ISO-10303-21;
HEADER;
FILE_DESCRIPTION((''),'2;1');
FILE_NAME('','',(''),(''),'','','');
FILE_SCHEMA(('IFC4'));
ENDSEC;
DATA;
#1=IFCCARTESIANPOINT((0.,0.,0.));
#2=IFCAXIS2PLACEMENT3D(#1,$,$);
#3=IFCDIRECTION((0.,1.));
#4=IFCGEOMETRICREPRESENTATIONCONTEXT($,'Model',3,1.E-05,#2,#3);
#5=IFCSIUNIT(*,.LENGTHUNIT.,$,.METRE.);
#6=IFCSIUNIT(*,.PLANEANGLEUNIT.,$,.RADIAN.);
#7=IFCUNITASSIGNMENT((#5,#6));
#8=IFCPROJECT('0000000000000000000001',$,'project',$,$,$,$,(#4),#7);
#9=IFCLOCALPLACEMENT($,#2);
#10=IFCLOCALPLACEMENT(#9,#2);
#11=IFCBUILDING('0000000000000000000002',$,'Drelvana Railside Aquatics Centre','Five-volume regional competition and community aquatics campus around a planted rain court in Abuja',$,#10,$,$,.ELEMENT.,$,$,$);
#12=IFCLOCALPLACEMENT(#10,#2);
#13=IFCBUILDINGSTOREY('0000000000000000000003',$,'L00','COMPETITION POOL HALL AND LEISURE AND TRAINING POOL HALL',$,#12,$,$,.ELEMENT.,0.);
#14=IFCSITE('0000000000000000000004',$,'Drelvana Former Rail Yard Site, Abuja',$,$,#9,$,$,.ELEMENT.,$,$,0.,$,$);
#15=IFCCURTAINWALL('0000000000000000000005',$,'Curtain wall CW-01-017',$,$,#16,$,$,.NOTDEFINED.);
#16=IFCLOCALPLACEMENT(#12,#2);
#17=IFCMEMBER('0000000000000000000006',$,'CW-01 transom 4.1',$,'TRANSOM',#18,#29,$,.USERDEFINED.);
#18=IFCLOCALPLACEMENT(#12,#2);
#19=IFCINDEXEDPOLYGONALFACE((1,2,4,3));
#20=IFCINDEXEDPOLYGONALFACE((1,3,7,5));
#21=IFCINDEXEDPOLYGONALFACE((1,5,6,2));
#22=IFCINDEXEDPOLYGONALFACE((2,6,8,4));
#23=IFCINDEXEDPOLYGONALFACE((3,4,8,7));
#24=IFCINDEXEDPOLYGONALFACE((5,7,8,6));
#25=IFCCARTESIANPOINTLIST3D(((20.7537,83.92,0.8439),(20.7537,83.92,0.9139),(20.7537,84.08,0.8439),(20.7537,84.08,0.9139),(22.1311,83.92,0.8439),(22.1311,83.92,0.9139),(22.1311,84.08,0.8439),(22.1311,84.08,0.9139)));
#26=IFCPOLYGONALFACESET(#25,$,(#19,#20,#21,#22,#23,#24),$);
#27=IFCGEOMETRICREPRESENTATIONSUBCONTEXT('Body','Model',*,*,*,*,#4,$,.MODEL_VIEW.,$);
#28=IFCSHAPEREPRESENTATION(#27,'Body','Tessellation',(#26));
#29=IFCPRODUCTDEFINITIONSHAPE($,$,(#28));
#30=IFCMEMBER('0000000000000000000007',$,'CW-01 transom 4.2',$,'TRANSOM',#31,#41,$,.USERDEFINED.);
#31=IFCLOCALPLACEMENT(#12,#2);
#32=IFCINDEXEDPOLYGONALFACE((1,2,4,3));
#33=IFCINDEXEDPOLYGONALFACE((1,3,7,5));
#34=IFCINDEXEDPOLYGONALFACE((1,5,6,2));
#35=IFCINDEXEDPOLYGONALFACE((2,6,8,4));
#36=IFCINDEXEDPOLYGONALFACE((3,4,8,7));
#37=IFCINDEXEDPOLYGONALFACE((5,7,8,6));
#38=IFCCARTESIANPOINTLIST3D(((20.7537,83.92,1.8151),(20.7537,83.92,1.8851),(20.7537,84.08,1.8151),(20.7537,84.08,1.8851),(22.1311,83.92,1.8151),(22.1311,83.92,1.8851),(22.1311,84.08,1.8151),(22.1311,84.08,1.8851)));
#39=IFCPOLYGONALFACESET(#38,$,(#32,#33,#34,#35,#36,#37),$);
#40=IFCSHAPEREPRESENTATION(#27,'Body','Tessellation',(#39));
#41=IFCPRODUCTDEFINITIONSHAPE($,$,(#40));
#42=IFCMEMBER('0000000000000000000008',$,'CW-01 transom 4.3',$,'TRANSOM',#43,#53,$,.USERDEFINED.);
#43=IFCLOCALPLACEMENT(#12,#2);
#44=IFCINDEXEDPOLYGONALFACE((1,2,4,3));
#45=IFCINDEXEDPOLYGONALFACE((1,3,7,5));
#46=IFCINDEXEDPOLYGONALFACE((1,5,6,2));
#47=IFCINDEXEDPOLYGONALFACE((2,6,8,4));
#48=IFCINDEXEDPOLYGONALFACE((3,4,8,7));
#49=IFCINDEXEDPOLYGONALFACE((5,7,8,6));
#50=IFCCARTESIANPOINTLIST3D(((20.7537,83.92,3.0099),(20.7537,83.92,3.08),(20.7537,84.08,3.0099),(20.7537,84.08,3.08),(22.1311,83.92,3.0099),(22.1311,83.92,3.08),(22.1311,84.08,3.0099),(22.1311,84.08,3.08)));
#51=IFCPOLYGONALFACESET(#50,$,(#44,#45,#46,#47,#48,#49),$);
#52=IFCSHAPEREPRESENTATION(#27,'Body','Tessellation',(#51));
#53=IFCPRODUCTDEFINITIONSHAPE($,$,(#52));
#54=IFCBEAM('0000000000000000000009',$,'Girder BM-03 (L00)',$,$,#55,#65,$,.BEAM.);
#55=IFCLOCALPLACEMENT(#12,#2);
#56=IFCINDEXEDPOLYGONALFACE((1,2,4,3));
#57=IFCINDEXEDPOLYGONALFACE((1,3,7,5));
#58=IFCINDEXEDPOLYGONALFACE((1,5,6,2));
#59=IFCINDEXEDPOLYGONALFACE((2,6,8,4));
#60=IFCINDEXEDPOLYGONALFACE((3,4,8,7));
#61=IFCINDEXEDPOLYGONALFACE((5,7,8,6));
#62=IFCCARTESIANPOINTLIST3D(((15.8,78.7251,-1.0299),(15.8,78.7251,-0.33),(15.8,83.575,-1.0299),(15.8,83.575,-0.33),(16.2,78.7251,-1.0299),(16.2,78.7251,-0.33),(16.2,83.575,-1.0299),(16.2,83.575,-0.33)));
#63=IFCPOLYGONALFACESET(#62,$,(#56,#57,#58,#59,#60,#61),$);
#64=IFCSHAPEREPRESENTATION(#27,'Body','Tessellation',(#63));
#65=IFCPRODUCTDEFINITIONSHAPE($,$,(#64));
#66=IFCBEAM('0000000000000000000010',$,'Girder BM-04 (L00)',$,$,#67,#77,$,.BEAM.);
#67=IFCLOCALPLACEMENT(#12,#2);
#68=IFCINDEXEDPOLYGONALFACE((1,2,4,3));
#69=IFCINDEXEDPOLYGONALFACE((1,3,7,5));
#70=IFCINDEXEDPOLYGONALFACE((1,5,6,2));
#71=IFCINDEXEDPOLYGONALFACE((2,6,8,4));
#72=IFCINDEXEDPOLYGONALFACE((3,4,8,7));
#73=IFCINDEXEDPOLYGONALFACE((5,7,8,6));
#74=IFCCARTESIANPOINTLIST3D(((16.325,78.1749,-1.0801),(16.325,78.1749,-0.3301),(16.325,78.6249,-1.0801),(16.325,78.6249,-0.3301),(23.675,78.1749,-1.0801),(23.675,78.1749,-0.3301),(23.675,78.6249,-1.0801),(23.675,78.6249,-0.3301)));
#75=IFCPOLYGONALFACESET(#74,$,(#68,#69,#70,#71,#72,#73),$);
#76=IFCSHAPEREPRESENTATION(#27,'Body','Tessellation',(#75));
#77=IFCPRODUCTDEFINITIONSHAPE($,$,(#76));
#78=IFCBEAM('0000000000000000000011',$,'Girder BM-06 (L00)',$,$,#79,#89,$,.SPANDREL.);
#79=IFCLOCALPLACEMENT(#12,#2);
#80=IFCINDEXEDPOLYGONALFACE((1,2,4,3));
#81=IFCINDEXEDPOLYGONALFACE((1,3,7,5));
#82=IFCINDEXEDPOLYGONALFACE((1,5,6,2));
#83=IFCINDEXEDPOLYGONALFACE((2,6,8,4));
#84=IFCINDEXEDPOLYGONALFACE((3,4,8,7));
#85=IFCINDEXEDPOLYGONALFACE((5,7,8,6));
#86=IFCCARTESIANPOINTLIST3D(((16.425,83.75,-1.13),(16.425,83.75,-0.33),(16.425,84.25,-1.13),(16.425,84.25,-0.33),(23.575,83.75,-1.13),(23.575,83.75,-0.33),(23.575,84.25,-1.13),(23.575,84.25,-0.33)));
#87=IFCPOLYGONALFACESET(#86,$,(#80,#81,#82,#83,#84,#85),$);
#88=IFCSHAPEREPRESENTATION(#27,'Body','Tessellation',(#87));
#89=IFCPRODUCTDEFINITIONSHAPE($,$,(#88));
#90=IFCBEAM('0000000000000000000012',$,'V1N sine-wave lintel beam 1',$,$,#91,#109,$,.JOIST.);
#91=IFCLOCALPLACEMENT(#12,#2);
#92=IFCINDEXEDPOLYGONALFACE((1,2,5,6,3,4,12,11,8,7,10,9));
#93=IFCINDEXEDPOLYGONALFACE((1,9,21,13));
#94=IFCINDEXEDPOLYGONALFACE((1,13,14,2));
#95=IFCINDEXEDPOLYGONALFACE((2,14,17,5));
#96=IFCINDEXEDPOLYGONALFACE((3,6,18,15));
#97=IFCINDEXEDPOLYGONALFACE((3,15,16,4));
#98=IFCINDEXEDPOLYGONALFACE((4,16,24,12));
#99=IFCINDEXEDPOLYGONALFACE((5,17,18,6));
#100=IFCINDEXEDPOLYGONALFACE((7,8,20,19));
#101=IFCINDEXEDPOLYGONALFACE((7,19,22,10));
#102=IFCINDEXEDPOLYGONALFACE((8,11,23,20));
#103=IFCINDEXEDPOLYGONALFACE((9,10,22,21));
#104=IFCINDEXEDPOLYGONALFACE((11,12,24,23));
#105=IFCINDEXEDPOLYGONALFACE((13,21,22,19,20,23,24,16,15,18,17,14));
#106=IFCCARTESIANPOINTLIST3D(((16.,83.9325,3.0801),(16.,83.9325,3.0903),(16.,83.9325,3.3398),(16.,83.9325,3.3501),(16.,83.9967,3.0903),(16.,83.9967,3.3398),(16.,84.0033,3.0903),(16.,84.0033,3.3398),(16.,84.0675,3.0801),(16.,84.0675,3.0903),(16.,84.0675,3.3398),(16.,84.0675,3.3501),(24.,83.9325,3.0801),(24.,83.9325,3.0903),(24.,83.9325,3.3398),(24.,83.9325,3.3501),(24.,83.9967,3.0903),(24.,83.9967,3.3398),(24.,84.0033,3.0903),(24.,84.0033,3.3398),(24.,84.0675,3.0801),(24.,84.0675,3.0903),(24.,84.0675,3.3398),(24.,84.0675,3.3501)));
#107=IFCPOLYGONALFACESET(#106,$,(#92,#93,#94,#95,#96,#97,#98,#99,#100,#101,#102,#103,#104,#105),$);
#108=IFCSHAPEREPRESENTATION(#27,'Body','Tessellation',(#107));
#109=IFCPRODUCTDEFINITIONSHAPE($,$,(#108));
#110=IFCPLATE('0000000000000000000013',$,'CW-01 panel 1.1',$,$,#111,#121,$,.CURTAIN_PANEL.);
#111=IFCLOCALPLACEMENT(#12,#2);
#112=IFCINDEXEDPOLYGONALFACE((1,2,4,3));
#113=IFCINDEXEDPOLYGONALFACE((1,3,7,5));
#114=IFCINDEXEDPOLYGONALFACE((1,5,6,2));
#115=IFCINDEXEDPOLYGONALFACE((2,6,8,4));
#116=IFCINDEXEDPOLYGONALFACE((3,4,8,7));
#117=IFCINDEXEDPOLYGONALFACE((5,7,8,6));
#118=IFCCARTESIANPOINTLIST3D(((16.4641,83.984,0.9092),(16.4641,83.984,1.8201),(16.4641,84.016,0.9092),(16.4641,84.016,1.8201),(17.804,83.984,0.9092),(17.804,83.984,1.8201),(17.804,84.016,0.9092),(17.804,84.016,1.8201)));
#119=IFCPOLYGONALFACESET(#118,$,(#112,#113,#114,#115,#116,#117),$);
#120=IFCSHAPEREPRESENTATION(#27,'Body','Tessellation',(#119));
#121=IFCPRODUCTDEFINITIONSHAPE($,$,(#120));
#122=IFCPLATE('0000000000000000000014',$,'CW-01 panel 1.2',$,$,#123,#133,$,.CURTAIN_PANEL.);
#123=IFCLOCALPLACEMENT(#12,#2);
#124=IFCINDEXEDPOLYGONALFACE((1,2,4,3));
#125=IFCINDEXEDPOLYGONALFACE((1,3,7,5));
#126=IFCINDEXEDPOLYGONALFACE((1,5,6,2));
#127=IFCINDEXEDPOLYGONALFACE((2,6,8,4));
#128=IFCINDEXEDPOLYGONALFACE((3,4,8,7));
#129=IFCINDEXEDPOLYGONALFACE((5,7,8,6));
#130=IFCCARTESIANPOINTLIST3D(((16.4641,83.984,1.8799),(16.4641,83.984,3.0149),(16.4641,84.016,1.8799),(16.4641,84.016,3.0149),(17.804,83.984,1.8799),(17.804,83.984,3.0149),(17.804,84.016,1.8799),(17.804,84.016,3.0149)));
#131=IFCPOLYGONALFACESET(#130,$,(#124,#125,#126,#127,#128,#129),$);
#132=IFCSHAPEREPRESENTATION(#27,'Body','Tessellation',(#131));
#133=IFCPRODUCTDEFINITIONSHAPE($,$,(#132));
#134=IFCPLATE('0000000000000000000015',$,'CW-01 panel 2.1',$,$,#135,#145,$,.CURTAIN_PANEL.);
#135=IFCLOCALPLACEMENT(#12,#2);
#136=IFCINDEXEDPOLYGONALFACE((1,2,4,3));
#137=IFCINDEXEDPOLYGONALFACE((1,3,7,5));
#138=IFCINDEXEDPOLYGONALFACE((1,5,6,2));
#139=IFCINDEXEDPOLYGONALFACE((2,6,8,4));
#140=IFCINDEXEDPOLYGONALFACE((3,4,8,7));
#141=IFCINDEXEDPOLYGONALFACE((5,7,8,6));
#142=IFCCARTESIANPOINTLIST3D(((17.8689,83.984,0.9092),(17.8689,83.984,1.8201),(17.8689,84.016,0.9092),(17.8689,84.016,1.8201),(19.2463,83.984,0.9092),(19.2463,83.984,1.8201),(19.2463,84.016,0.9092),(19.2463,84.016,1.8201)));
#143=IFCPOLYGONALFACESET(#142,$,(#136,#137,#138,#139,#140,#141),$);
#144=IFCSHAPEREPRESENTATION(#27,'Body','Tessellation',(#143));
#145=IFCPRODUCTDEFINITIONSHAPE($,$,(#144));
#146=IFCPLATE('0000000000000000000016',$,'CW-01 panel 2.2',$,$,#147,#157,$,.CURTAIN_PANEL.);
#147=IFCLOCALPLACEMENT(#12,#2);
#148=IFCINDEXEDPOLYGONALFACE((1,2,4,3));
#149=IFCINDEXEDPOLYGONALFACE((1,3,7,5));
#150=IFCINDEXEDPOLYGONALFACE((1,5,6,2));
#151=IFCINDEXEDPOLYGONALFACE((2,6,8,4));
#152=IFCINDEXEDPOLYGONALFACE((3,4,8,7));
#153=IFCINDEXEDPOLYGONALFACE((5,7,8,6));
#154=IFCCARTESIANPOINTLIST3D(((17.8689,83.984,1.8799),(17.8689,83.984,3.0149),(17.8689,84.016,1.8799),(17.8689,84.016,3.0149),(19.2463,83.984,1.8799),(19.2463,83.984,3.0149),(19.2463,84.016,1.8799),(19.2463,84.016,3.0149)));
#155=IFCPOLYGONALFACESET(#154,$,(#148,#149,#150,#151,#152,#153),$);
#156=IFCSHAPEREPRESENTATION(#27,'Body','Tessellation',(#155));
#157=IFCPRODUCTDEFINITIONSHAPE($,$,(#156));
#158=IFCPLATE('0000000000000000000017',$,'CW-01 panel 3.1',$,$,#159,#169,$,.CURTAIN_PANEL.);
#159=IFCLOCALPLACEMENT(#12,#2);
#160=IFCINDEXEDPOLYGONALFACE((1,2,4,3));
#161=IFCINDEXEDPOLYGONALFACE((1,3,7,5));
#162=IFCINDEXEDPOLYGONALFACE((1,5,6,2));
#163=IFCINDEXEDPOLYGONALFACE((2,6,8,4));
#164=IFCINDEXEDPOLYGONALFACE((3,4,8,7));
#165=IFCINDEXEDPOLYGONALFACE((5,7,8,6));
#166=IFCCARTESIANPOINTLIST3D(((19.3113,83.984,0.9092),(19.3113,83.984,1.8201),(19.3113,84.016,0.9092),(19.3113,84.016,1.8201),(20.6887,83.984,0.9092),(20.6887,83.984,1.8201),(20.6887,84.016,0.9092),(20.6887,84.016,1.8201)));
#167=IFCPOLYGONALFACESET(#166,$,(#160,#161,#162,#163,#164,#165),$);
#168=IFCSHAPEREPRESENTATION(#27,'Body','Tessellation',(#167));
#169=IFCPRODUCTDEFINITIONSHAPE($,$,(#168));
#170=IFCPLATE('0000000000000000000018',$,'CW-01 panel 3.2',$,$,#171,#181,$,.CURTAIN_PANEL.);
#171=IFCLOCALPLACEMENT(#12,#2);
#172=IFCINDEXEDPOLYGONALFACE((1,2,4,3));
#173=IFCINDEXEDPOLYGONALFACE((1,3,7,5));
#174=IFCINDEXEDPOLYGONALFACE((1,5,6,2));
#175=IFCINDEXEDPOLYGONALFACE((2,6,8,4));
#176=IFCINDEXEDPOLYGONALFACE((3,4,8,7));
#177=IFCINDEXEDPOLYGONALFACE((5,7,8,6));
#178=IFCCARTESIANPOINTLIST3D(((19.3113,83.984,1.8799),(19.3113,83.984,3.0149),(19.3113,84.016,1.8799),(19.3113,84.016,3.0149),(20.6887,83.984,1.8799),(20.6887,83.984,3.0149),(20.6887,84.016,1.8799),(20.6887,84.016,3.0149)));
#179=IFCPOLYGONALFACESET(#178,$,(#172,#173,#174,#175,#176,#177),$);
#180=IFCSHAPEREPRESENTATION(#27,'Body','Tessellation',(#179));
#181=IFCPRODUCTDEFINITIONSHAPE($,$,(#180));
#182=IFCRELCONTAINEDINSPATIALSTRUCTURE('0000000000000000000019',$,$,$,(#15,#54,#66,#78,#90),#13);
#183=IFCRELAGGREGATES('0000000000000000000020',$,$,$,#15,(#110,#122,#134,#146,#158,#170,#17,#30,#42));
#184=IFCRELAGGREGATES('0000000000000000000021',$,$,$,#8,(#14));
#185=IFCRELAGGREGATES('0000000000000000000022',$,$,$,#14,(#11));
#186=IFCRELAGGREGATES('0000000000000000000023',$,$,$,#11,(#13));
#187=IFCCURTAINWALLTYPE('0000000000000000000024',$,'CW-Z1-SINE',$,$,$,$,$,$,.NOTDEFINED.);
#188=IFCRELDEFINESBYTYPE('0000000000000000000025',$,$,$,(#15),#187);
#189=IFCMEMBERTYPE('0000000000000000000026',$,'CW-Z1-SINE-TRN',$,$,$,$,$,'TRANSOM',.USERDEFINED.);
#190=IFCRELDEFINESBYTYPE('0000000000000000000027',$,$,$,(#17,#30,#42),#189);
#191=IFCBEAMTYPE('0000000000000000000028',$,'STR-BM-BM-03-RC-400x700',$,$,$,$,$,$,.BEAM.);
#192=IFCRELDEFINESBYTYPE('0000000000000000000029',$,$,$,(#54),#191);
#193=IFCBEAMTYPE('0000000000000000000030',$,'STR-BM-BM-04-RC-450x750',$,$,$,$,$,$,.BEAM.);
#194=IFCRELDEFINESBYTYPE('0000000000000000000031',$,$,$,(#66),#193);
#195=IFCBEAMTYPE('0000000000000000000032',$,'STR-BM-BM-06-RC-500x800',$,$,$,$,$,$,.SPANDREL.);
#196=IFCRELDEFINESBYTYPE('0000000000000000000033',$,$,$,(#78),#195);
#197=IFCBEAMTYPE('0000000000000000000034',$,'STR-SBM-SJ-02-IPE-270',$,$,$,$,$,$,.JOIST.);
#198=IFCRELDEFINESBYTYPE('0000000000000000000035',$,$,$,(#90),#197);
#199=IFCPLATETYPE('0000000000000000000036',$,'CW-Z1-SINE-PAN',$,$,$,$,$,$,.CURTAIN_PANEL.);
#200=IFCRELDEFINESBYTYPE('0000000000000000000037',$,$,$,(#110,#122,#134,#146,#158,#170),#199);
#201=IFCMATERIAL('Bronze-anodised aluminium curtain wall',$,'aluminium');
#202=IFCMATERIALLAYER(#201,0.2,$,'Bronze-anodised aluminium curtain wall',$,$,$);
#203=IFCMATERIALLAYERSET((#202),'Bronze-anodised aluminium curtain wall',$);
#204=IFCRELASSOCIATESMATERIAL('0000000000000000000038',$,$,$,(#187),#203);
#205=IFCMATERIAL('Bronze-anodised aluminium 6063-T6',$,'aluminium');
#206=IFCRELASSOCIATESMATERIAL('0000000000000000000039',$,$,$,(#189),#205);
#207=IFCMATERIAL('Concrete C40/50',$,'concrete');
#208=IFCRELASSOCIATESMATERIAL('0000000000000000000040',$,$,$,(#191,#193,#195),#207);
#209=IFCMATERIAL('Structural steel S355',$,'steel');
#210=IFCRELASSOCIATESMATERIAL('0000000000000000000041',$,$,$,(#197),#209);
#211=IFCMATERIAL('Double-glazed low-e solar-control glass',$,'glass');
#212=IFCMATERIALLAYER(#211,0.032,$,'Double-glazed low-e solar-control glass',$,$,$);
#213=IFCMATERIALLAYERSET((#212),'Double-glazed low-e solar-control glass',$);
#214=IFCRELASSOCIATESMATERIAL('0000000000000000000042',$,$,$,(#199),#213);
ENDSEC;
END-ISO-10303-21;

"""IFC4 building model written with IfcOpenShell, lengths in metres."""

from ifc_helpers import new_model, si_unit, direction, frame, origin, origin_2d, place, context, subcontext, project, spatial, rectangle, i_section, extrude, material, layer, layer_set, material_profile, profile_set, type_object, element, aggregate, save


model = new_model("IFC4")

# Units and contexts
model_context = context("Model", 3, precision=1e-05, world=origin(), true_north=direction((0.0, 1.0)))
body_context = subcontext(model_context, "Body", "Model", "MODEL_VIEW")
ifc_project = project(units=[si_unit("LENGTHUNIT", "METRE"), si_unit("PLANEANGLEUNIT", "RADIAN")], contexts=[model_context])

# Site, building, storey
site_placement = place(None, origin())
site = spatial("IfcSite", under=ifc_project, at=site_placement, Name="Drelvana Former Rail Yard Site, Abuja", CompositionType="ELEMENT", RefElevation=0.0)
building_placement = place(site_placement, origin())
building = spatial("IfcBuilding", under=site, at=building_placement, Name="Drelvana Railside Aquatics Centre", Description="Five-volume regional competition and community aquatics campus around a planted rain court in Abuja", CompositionType="ELEMENT")
storey_placement = place(building_placement, origin())
storey = spatial("IfcBuildingStorey", under=building, at=storey_placement, Name="L00", Description="COMPETITION POOL HALL AND LEISURE AND TRAINING POOL HALL", CompositionType="ELEMENT", Elevation=0.0)

# Shared definitions
ifc_material_1 = material(Name="Concrete C40/50", Category="concrete")

# Curtain wall, members
ifc_material_2 = material(Name="Bronze-anodised aluminium curtain wall", Category="aluminium")
ifc_layer_1 = layer(ifc_material_2, 0.2, Name="Bronze-anodised aluminium curtain wall")
ifc_layer_set_1 = layer_set([ifc_layer_1], Name="Bronze-anodised aluminium curtain wall")
curtain_wall_type = type_object("IfcCurtainWallType", Name="CW-Z1-SINE", PredefinedType="NOTDEFINED", material=ifc_layer_set_1)
curtain_wall_placement = place(storey_placement, origin())
curtain_wall = element("IfcCurtainWall", 1, at=curtain_wall_placement, inside=storey, type_object=curtain_wall_type, Name="Curtain wall CW-01-017", PredefinedType="NOTDEFINED")
ifc_material_3 = material(Name="Bronze-anodised aluminium 6063-T6", Category="aluminium")
ifc_material_profile_1 = material_profile(ifc_material_3, rectangle(XDim=0.1599, YDim=0.0701, at=origin_2d()), Name="ALU-T 70x160")
ifc_profile_set_1 = profile_set([ifc_material_profile_1], Name="Bronze-anodised aluminium 6063-T6")
member_type_1 = type_object("IfcMemberType", Name="CW-Z1-SINE-TRN", ElementType="TRANSOM", PredefinedType="USERDEFINED", material=ifc_profile_set_1)
member_1_placement = place(storey_placement, frame((20.7537, 84.0, 0.8789), z_axis=(1.0, 0.0, 0.0), x_axis=(0.0, 1.0, 0.0)))
member_1 = element("IfcMember", 2, at=member_1_placement, type_object=member_type_1, Name="CW-01 transom 4.1", ObjectType="TRANSOM", PredefinedType="USERDEFINED", context=body_context, shape_type="SweptSolid", body=[
    extrude(rectangle(XDim=0.1599, YDim=0.0701, at=origin_2d()), origin(), (0.0, 0.0, 1.0), 1.3774),
])
member_2_placement = place(storey_placement, frame((20.7537, 84.0, 1.8501), z_axis=(1.0, 0.0, 0.0), x_axis=(0.0, 1.0, 0.0)))
member_2 = element("IfcMember", 3, at=member_2_placement, type_object=member_type_1, Name="CW-01 transom 4.2", ObjectType="TRANSOM", PredefinedType="USERDEFINED", context=body_context, shape_type="SweptSolid", body=[
    extrude(rectangle(XDim=0.1599, YDim=0.0701, at=origin_2d()), origin(), (0.0, 0.0, 1.0), 1.3774),
])
member_3_placement = place(storey_placement, frame((20.7537, 84.0, 3.0449), z_axis=(1.0, 0.0, 0.0), x_axis=(0.0, 1.0, 0.0)))
member_3 = element("IfcMember", 4, at=member_3_placement, type_object=member_type_1, Name="CW-01 transom 4.3", ObjectType="TRANSOM", PredefinedType="USERDEFINED", context=body_context, shape_type="SweptSolid", body=[
    extrude(rectangle(XDim=0.1599, YDim=0.0701, at=origin_2d()), origin(), (0.0, 0.0, 1.0), 1.3774),
])

# Beams
ifc_material_profile_2 = material_profile(ifc_material_1, rectangle(XDim=0.3999, YDim=0.7, at=origin_2d()), Name="RC 400x700")
ifc_profile_set_2 = profile_set([ifc_material_profile_2], Name="Concrete C40/50")
beam_type_1 = type_object("IfcBeamType", Name="STR-BM-BM-03-RC-400x700", PredefinedType="BEAM", material=ifc_profile_set_2)
beam_1_placement = place(storey_placement, frame((16.0, 78.7251, -0.6799), z_axis=(0.0, 1.0, 0.0), x_axis=(-1.0, 0.0, 0.0)))
element("IfcBeam", 5, at=beam_1_placement, inside=storey, type_object=beam_type_1, Name="Girder BM-03 (L00)", PredefinedType="BEAM", context=body_context, shape_type="SweptSolid", body=[
    extrude(rectangle(XDim=0.3999, YDim=0.7, at=origin_2d()), origin(), (0.0, 0.0, 1.0), 4.8499),
])
ifc_material_profile_3 = material_profile(ifc_material_1, rectangle(XDim=0.45, YDim=0.75, at=origin_2d()), Name="RC 450x750")
ifc_profile_set_3 = profile_set([ifc_material_profile_3], Name="Concrete C40/50")
beam_type_2 = type_object("IfcBeamType", Name="STR-BM-BM-04-RC-450x750", PredefinedType="BEAM", material=ifc_profile_set_3)
beam_2_placement = place(storey_placement, frame((16.325, 78.3999, -0.7051), z_axis=(1.0, 0.0, 0.0), x_axis=(0.0, 1.0, 0.0)))
element("IfcBeam", 6, at=beam_2_placement, inside=storey, type_object=beam_type_2, Name="Girder BM-04 (L00)", PredefinedType="BEAM", context=body_context, shape_type="SweptSolid", body=[
    extrude(rectangle(XDim=0.45, YDim=0.75, at=origin_2d()), origin(), (0.0, 0.0, 1.0), 7.3501),
])
ifc_material_profile_4 = material_profile(ifc_material_1, rectangle(XDim=0.5, YDim=0.8, at=origin_2d()), Name="RC 500x800")
ifc_profile_set_4 = profile_set([ifc_material_profile_4], Name="Concrete C40/50")
beam_type_3 = type_object("IfcBeamType", Name="STR-BM-BM-06-RC-500x800", PredefinedType="SPANDREL", material=ifc_profile_set_4)
beam_3_placement = place(storey_placement, frame((16.425, 84.0, -0.73), z_axis=(1.0, 0.0, 0.0), x_axis=(0.0, 1.0, 0.0)))
element("IfcBeam", 7, at=beam_3_placement, inside=storey, type_object=beam_type_3, Name="Girder BM-06 (L00)", PredefinedType="SPANDREL", context=body_context, shape_type="SweptSolid", body=[
    extrude(rectangle(XDim=0.5, YDim=0.8, at=origin_2d()), origin(), (0.0, 0.0, 1.0), 7.1499),
])
ifc_material_4 = material(Name="Structural steel S355", Category="steel")
ifc_material_profile_5 = material_profile(ifc_material_4, i_section(OverallWidth=0.135, OverallDepth=0.27, WebThickness=0.0066, FlangeThickness=0.0103, at=origin_2d()), Name="IPE 270")
ifc_profile_set_5 = profile_set([ifc_material_profile_5], Name="Structural steel S355")
beam_type_4 = type_object("IfcBeamType", Name="STR-SBM-SJ-02-IPE-270", PredefinedType="JOIST", material=ifc_profile_set_5)
beam_4_placement = place(storey_placement, frame((16.0, 84.0, 3.2151), z_axis=(1.0, 0.0, 0.0), x_axis=(0.0, 1.0, 0.0)))
element("IfcBeam", 8, at=beam_4_placement, inside=storey, type_object=beam_type_4, Name="V1N sine-wave lintel beam 1", PredefinedType="JOIST", context=body_context, shape_type="SweptSolid", body=[
    extrude(i_section(OverallWidth=0.135, OverallDepth=0.27, WebThickness=0.0066, FlangeThickness=0.0103, at=origin_2d()), origin(), (0.0, 0.0, 1.0), 8.0),
])

# Plates
ifc_material_5 = material(Name="Double-glazed low-e solar-control glass", Category="glass")
ifc_layer_2 = layer(ifc_material_5, 0.032, Name="Double-glazed low-e solar-control glass")
ifc_layer_set_2 = layer_set([ifc_layer_2], Name="Double-glazed low-e solar-control glass")
plate_type = type_object("IfcPlateType", Name="CW-Z1-SINE-PAN", PredefinedType="CURTAIN_PANEL", material=ifc_layer_set_2)
plate_1_placement = place(storey_placement, frame((17.134, 84.0, 0.9092), z_axis=(0.0, 0.0, 1.0), x_axis=(1.0, 0.0, 0.0)))
plate_1 = element("IfcPlate", 9, at=plate_1_placement, type_object=plate_type, Name="CW-01 panel 1.1", PredefinedType="CURTAIN_PANEL", context=body_context, shape_type="SweptSolid", body=[
    extrude(rectangle(XDim=1.3398, YDim=0.032, at=origin_2d()), origin(), (0.0, 0.0, 1.0), 0.9109),
])
plate_2_placement = place(storey_placement, frame((17.134, 84.0, 1.8799), z_axis=(0.0, 0.0, 1.0), x_axis=(1.0, 0.0, 0.0)))
plate_2 = element("IfcPlate", 10, at=plate_2_placement, type_object=plate_type, Name="CW-01 panel 1.2", PredefinedType="CURTAIN_PANEL", context=body_context, shape_type="SweptSolid", body=[
    extrude(rectangle(XDim=1.3398, YDim=0.032, at=origin_2d()), origin(), (0.0, 0.0, 1.0), 1.135),
])
plate_3_placement = place(storey_placement, frame((18.5576, 84.0, 0.9092), z_axis=(0.0, 0.0, 1.0), x_axis=(1.0, 0.0, 0.0)))
plate_3 = element("IfcPlate", 11, at=plate_3_placement, type_object=plate_type, Name="CW-01 panel 2.1", PredefinedType="CURTAIN_PANEL", context=body_context, shape_type="SweptSolid", body=[
    extrude(rectangle(XDim=1.3774, YDim=0.032, at=origin_2d()), origin(), (0.0, 0.0, 1.0), 0.9109),
])
plate_4_placement = place(storey_placement, frame((18.5576, 84.0, 1.8799), z_axis=(0.0, 0.0, 1.0), x_axis=(1.0, 0.0, 0.0)))
plate_4 = element("IfcPlate", 12, at=plate_4_placement, type_object=plate_type, Name="CW-01 panel 2.2", PredefinedType="CURTAIN_PANEL", context=body_context, shape_type="SweptSolid", body=[
    extrude(rectangle(XDim=1.3774, YDim=0.032, at=origin_2d()), origin(), (0.0, 0.0, 1.0), 1.135),
])
plate_5_placement = place(storey_placement, frame((20.0, 84.0, 0.9092), z_axis=(0.0, 0.0, 1.0), x_axis=(1.0, 0.0, 0.0)))
plate_5 = element("IfcPlate", 13, at=plate_5_placement, type_object=plate_type, Name="CW-01 panel 3.1", PredefinedType="CURTAIN_PANEL", context=body_context, shape_type="SweptSolid", body=[
    extrude(rectangle(XDim=1.3774, YDim=0.032, at=origin_2d()), origin(), (0.0, 0.0, 1.0), 0.9109),
])
plate_6_placement = place(storey_placement, frame((20.0, 84.0, 1.8799), z_axis=(0.0, 0.0, 1.0), x_axis=(1.0, 0.0, 0.0)))
plate_6 = element("IfcPlate", 14, at=plate_6_placement, type_object=plate_type, Name="CW-01 panel 3.2", PredefinedType="CURTAIN_PANEL", context=body_context, shape_type="SweptSolid", body=[
    extrude(rectangle(XDim=1.3774, YDim=0.032, at=origin_2d()), origin(), (0.0, 0.0, 1.0), 1.135),
])
aggregate(curtain_wall, [plate_1, plate_2, plate_3, plate_4, plate_5, plate_6, member_1, member_2, member_3])

save(model, "model.ifc")
